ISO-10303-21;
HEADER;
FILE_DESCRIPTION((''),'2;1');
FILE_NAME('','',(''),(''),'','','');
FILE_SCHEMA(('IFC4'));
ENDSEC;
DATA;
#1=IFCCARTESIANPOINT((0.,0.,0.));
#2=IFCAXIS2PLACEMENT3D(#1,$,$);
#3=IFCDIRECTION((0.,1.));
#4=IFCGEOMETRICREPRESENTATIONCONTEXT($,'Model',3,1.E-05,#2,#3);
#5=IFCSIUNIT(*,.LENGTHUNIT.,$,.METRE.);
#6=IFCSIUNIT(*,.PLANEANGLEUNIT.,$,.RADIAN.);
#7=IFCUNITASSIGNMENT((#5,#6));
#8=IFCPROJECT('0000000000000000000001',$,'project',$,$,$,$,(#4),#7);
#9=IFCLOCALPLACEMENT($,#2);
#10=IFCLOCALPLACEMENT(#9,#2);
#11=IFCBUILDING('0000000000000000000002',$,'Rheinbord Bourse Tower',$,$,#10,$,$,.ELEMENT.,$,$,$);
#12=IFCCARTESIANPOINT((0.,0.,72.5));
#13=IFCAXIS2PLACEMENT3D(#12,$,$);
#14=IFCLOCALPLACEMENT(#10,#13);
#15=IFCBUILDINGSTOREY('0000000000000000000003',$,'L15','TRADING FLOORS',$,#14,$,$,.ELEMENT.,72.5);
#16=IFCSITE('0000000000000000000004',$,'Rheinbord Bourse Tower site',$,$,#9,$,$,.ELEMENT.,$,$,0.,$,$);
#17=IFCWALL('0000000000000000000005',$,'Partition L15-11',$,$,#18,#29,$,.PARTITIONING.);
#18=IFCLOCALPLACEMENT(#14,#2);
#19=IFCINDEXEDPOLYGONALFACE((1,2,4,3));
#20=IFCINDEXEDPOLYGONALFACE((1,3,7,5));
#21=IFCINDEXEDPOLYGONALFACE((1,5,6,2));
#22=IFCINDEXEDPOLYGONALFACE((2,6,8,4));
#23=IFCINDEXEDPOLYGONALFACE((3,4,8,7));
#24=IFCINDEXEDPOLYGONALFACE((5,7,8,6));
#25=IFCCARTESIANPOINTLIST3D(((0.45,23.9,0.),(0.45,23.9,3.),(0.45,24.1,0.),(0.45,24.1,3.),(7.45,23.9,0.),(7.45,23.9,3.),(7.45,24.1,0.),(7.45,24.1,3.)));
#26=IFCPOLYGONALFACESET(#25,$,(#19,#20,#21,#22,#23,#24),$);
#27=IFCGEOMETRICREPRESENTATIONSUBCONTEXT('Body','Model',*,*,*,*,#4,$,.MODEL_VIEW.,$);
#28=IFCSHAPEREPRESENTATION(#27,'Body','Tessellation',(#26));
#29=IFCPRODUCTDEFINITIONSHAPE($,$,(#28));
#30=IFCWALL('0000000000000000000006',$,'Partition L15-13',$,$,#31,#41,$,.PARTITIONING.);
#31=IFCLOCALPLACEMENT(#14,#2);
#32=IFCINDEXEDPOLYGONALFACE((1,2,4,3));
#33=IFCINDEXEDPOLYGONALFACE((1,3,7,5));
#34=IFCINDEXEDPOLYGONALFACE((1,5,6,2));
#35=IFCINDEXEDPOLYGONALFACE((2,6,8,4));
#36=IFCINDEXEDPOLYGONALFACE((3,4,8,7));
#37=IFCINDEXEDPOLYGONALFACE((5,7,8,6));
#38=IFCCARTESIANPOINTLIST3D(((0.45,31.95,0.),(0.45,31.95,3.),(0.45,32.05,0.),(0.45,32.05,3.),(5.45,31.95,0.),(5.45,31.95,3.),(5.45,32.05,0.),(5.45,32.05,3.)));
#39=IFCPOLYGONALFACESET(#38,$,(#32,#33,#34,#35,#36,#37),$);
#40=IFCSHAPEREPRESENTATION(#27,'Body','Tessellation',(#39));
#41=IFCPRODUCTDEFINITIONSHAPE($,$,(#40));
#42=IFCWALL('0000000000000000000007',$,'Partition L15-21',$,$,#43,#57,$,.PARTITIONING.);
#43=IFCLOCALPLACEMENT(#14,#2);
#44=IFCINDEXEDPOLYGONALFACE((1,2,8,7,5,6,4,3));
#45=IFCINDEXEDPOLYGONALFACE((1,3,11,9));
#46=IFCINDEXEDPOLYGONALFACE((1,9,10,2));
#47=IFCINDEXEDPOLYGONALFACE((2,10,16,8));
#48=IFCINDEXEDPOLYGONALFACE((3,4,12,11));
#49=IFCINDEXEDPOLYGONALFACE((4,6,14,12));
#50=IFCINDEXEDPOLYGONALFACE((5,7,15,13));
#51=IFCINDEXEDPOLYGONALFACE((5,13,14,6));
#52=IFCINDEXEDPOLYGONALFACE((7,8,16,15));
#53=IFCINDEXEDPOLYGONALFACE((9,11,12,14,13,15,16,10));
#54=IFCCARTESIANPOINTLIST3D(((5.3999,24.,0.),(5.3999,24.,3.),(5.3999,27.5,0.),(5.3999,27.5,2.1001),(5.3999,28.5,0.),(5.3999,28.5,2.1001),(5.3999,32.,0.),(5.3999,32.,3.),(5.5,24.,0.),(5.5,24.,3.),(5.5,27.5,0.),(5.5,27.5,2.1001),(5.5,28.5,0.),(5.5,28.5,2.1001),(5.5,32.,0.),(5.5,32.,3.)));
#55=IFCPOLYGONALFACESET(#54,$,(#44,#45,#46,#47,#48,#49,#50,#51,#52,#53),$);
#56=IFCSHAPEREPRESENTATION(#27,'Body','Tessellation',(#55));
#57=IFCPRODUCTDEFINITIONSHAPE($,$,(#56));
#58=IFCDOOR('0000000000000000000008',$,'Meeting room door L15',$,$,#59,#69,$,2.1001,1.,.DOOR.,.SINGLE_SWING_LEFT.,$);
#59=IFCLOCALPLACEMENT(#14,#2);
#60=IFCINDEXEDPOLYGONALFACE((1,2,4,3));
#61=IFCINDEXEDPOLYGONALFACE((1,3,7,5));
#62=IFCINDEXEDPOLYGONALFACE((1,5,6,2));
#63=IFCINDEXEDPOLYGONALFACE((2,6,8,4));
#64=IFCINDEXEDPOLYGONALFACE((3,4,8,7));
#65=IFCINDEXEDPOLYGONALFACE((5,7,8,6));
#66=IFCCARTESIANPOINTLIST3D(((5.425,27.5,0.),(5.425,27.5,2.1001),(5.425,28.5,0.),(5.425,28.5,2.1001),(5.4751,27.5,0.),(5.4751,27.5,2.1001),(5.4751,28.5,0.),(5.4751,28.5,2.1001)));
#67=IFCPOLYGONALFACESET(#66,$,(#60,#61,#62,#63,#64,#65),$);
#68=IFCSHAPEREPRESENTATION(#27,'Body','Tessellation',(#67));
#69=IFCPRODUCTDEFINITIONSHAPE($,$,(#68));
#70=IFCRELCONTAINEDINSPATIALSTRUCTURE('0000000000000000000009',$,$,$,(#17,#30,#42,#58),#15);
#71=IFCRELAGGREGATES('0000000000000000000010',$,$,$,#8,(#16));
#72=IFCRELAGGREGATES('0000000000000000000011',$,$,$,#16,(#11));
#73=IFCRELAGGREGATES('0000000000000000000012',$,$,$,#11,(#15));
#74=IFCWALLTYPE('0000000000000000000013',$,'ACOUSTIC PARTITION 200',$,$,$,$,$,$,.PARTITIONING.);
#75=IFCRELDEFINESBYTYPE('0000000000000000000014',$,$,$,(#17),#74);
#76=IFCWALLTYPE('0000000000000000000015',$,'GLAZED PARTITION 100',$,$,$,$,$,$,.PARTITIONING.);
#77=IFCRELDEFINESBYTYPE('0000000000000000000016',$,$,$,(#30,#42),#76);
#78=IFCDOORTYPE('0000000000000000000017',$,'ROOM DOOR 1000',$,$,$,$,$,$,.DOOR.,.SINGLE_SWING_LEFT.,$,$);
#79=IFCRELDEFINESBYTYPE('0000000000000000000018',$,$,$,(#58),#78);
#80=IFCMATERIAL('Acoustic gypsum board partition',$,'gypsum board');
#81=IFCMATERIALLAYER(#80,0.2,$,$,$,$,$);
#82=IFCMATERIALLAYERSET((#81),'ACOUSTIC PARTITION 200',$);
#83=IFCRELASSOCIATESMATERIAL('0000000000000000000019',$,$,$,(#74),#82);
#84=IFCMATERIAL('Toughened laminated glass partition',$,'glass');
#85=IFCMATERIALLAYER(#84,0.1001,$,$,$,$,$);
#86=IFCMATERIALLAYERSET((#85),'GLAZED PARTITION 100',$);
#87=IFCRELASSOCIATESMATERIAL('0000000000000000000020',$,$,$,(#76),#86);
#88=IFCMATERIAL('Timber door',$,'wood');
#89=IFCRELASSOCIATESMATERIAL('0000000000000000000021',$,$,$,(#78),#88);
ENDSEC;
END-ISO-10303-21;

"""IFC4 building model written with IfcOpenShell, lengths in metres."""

from ifc_helpers import new_model, si_unit, direction, frame, frame_2d, origin, place, context, subcontext, project, spatial, rectangle, extrude, material, layer, layer_set, type_object, element, fill, save


model = new_model("IFC4")

# Units and contexts
model_context = context("Model", 3, precision=1e-05, world=origin(), true_north=direction((0.0, 1.0)))
body_context = subcontext(model_context, "Body", "Model", "MODEL_VIEW")
ifc_project = project(units=[si_unit("LENGTHUNIT", "METRE"), si_unit("PLANEANGLEUNIT", "RADIAN")], contexts=[model_context])

# Site, building, storey
site_placement = place(None, origin())
site = spatial("IfcSite", under=ifc_project, at=site_placement, Name="Rheinbord Bourse Tower site", CompositionType="ELEMENT", RefElevation=0.0)
building_placement = place(site_placement, origin())
building = spatial("IfcBuilding", under=site, at=building_placement, Name="Rheinbord Bourse Tower", CompositionType="ELEMENT")
storey_placement = place(building_placement, frame((0.0, 0.0, 72.5)))
storey = spatial("IfcBuildingStorey", under=building, at=storey_placement, Name="L15", Description="TRADING FLOORS", CompositionType="ELEMENT", Elevation=72.5)

# Walls
ifc_material_1 = material(Name="Acoustic gypsum board partition", Category="gypsum board")
ifc_layer_1 = layer(ifc_material_1, 0.2)
ifc_layer_set_1 = layer_set([ifc_layer_1], Name="ACOUSTIC PARTITION 200")
wall_type_1 = type_object("IfcWallType", Name="ACOUSTIC PARTITION 200", PredefinedType="PARTITIONING", material=ifc_layer_set_1)
wall_1_placement = place(storey_placement, frame((0.45, 24.0, 0.0), z_axis=(0.0, 0.0, 1.0), x_axis=(1.0, 0.0, 0.0)))
element("IfcWall", 1, at=wall_1_placement, inside=storey, type_object=wall_type_1, Name="Partition L15-11", PredefinedType="PARTITIONING", context=body_context, shape_type="SweptSolid", body=[
    extrude(rectangle(XDim=7.0, YDim=0.2, at=frame_2d((3.5, 0.0))), origin(), (0.0, 0.0, 1.0), 3.0),
])
ifc_material_2 = material(Name="Toughened laminated glass partition", Category="glass")
ifc_layer_2 = layer(ifc_material_2, 0.1001)
ifc_layer_set_2 = layer_set([ifc_layer_2], Name="GLAZED PARTITION 100")
wall_type_2 = type_object("IfcWallType", Name="GLAZED PARTITION 100", PredefinedType="PARTITIONING", material=ifc_layer_set_2)
wall_2_placement = place(storey_placement, frame((0.45, 32.0, 0.0), z_axis=(0.0, 0.0, 1.0), x_axis=(1.0, 0.0, 0.0)))
element("IfcWall", 2, at=wall_2_placement, inside=storey, type_object=wall_type_2, Name="Partition L15-13", PredefinedType="PARTITIONING", context=body_context, shape_type="SweptSolid", body=[
    extrude(rectangle(XDim=5.0, YDim=0.1001, at=frame_2d((2.5, 0.0))), origin(), (0.0, 0.0, 1.0), 3.0),
])

# Wall, opening, door
wall_3_placement = place(storey_placement, frame((5.45, 24.0, 0.0), z_axis=(0.0, 0.0, 1.0), x_axis=(0.0, 1.0, 0.0)))
wall_3 = element("IfcWall", 3, at=wall_3_placement, inside=storey, type_object=wall_type_2, Name="Partition L15-21", PredefinedType="PARTITIONING", context=body_context, shape_type="SweptSolid", body=[
    extrude(rectangle(XDim=8.0, YDim=0.1001, at=frame_2d((4.0, 0.0))), origin(), (0.0, 0.0, 1.0), 3.0),
])
opening_placement = place(wall_3_placement, frame((3.5, 0.0, 0.0)))
opening = element("IfcOpeningElement", 4, at=opening_placement, cuts=wall_3, PredefinedType="OPENING", context=body_context, shape_type="SweptSolid", body=[
    extrude(rectangle(XDim=1.0, YDim=2.1001, at=frame_2d((0.5, 1.05))), frame((0.0, 0.0601, 0.0), z_axis=(0.0, -1.0, 0.0), x_axis=(1.0, 0.0, 0.0)), (0.0, 0.0, 1.0), 0.1201),
])
ifc_material_3 = material(Name="Timber door", Category="wood")
door_type = type_object("IfcDoorType", Name="ROOM DOOR 1000", OperationType="SINGLE_SWING_LEFT", PredefinedType="DOOR", material=ifc_material_3)
door_placement = place(opening_placement, origin())
door = element("IfcDoor", 5, at=door_placement, inside=storey, type_object=door_type, Name="Meeting room door L15", OperationType="SINGLE_SWING_LEFT", OverallHeight=2.1001, OverallWidth=1.0, PredefinedType="DOOR", context=body_context, shape_type="SweptSolid", body=[
    extrude(rectangle(XDim=1.0, YDim=2.1001, at=frame_2d((0.5, 1.05))), frame((0.0, 0.0249, 0.0), z_axis=(0.0, -1.0, 0.0), x_axis=(1.0, 0.0, 0.0)), (0.0, 0.0, 1.0), 0.05),
])
fill(opening, door)

save(model, "model.ifc")
